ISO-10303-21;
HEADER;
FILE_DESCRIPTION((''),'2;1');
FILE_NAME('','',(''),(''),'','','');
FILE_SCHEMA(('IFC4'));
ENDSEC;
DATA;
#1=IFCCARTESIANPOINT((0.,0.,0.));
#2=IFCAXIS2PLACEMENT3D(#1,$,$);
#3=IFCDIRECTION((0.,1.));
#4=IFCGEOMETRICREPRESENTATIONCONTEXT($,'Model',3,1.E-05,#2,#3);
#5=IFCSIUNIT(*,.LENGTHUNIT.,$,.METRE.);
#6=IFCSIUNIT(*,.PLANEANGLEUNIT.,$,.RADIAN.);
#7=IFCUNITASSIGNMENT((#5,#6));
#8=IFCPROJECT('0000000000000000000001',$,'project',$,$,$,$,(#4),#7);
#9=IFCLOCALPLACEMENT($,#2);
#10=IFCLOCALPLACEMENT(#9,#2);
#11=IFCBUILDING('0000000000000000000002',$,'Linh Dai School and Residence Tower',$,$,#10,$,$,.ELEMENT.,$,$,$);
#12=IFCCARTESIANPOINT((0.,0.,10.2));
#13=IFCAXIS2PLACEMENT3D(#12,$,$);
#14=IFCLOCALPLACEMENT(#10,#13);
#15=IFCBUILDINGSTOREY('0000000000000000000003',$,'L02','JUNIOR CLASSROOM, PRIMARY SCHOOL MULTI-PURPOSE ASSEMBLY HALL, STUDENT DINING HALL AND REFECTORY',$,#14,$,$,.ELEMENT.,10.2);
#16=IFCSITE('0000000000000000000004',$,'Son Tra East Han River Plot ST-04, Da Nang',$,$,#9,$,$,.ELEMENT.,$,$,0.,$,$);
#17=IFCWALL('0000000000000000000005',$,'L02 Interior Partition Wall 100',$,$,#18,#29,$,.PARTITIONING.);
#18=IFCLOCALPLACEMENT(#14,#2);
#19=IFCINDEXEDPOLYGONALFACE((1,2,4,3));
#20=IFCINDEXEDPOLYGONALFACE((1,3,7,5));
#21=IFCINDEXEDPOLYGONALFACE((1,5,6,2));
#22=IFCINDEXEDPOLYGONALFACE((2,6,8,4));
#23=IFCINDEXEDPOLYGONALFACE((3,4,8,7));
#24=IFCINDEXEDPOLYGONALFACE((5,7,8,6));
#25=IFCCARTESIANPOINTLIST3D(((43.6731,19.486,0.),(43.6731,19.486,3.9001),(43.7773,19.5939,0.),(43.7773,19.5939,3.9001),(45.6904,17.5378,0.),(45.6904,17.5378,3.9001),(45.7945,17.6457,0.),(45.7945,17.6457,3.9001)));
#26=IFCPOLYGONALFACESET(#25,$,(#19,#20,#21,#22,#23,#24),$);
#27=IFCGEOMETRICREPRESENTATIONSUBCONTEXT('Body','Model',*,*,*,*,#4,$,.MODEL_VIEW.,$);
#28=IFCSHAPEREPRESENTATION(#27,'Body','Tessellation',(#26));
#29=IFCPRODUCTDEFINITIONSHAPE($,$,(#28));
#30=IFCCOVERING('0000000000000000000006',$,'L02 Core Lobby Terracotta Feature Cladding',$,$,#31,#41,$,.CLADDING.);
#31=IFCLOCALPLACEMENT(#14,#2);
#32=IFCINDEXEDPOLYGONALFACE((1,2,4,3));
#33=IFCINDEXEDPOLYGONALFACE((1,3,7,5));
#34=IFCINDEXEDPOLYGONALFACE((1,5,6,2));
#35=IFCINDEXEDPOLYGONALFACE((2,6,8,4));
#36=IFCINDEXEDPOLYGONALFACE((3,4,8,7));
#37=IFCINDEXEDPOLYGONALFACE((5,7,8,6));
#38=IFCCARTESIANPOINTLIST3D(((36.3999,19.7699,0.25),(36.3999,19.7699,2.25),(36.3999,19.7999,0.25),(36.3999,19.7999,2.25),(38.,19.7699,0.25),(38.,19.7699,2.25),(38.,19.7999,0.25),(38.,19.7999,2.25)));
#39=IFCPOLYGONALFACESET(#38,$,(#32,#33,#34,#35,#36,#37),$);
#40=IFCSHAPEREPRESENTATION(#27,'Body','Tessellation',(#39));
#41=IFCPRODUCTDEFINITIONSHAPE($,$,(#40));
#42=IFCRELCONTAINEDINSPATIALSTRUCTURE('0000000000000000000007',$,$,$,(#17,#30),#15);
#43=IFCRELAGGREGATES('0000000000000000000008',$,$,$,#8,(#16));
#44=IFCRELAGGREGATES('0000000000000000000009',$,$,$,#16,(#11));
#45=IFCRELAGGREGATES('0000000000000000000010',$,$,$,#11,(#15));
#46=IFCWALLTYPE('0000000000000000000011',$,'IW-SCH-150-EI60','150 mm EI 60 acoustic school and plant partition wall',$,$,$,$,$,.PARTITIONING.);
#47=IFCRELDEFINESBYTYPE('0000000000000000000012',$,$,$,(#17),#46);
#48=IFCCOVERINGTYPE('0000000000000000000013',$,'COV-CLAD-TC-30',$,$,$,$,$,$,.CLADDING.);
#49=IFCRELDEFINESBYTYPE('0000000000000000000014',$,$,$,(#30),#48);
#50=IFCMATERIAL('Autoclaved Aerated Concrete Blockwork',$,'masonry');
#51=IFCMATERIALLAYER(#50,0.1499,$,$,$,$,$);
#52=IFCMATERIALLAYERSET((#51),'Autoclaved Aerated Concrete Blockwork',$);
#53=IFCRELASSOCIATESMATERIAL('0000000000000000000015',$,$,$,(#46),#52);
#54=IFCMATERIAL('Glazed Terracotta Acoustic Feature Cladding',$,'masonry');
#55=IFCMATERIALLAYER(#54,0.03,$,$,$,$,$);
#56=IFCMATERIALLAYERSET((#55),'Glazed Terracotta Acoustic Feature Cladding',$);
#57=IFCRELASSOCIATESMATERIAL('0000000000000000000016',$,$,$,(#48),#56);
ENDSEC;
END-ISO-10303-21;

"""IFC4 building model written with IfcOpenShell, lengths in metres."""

from ifc_helpers import new_model, si_unit, direction, frame, frame_2d, origin, origin_2d, place, context, subcontext, project, spatial, rectangle, extrude, source, transform, mapped, material, layer, layer_set, type_object, element, save


model = new_model("IFC4")

# Units and contexts
model_context = context("Model", 3, precision=1e-05, world=origin(), true_north=direction((0.0, 1.0)))
body_context = subcontext(model_context, "Body", "Model", "MODEL_VIEW")
ifc_project = project(units=[si_unit("LENGTHUNIT", "METRE"), si_unit("PLANEANGLEUNIT", "RADIAN")], contexts=[model_context])

# Site, building, storey
site_placement = place(None, origin())
site = spatial("IfcSite", under=ifc_project, at=site_placement, Name="Son Tra East Han River Plot ST-04, Da Nang", CompositionType="ELEMENT", RefElevation=0.0)
building_placement = place(site_placement, origin())
building = spatial("IfcBuilding", under=site, at=building_placement, Name="Linh Dai School and Residence Tower", CompositionType="ELEMENT")
storey_placement = place(building_placement, frame((0.0, 0.0, 10.2)))
storey = spatial("IfcBuildingStorey", under=building, at=storey_placement, Name="L02", Description="JUNIOR CLASSROOM, PRIMARY SCHOOL MULTI-PURPOSE ASSEMBLY HALL, STUDENT DINING HALL AND REFECTORY", CompositionType="ELEMENT", Elevation=10.2)

# Shared definitions
ifc_material_1 = material(Name="Autoclaved Aerated Concrete Blockwork", Category="masonry")

# Shared definitions
ifc_layer_1 = layer(ifc_material_1, 0.1499)
ifc_layer_set_1 = layer_set([ifc_layer_1], Name="Autoclaved Aerated Concrete Blockwork")
wall_type_1 = type_object("IfcWallType", Name="IW-SCH-150-EI60", Description="150 mm EI 60 acoustic school and plant partition wall", PredefinedType="PARTITIONING", material=ifc_layer_set_1)

# Wall
wall_1_placement = place(storey_placement, frame((43.7251, 19.54, 0.0), z_axis=(0.0, 0.0, 1.0), x_axis=(0.719317, -0.694682, 0.0)))
element("IfcWall", 1, at=wall_1_placement, inside=storey, type_object=wall_type_1, Name="L02 Interior Partition Wall 100", PredefinedType="PARTITIONING", context=body_context, shape_type="SweptSolid", body=[
    extrude(rectangle(XDim=2.8044, YDim=0.1499, at=frame_2d((1.4023, 0.0))), origin(), (0.0, 0.0, 1.0), 3.9001),
])

# Covering
ifc_material_2 = material(Name="Glazed Terracotta Acoustic Feature Cladding", Category="masonry")
ifc_layer_2 = layer(ifc_material_2, 0.03)
ifc_layer_set_2 = layer_set([ifc_layer_2], Name="Glazed Terracotta Acoustic Feature Cladding")
covering_type = type_object("IfcCoveringType", Name="COV-CLAD-TC-30", PredefinedType="CLADDING", material=ifc_layer_set_2)
shared_shape_1 = source(origin(), body_context, "Body", "SweptSolid", [
    extrude(rectangle(XDim=1.6001, YDim=0.03, at=origin_2d()), origin(), (0.0, 0.0, 1.0), 2.0),
])
covering_placement = place(storey_placement, frame((37.2, 19.7849, 0.25), z_axis=(0.0, 0.0, 1.0), x_axis=(1.0, 0.0, 0.0)))
element("IfcCovering", 2, at=covering_placement, inside=storey, type_object=covering_type, Name="L02 Core Lobby Terracotta Feature Cladding", PredefinedType="CLADDING", context=body_context, shape_type="MappedRepresentation", body=[
    mapped(shared_shape_1, transform((0.0, 0.0, 0.0), x_axis=(1.0, 0.0, 0.0), y_axis=(0.0, 1.0, 0.0), z_axis=(0.0, 0.0, 1.0), scale=1.0)),
])

save(model, "model.ifc")
